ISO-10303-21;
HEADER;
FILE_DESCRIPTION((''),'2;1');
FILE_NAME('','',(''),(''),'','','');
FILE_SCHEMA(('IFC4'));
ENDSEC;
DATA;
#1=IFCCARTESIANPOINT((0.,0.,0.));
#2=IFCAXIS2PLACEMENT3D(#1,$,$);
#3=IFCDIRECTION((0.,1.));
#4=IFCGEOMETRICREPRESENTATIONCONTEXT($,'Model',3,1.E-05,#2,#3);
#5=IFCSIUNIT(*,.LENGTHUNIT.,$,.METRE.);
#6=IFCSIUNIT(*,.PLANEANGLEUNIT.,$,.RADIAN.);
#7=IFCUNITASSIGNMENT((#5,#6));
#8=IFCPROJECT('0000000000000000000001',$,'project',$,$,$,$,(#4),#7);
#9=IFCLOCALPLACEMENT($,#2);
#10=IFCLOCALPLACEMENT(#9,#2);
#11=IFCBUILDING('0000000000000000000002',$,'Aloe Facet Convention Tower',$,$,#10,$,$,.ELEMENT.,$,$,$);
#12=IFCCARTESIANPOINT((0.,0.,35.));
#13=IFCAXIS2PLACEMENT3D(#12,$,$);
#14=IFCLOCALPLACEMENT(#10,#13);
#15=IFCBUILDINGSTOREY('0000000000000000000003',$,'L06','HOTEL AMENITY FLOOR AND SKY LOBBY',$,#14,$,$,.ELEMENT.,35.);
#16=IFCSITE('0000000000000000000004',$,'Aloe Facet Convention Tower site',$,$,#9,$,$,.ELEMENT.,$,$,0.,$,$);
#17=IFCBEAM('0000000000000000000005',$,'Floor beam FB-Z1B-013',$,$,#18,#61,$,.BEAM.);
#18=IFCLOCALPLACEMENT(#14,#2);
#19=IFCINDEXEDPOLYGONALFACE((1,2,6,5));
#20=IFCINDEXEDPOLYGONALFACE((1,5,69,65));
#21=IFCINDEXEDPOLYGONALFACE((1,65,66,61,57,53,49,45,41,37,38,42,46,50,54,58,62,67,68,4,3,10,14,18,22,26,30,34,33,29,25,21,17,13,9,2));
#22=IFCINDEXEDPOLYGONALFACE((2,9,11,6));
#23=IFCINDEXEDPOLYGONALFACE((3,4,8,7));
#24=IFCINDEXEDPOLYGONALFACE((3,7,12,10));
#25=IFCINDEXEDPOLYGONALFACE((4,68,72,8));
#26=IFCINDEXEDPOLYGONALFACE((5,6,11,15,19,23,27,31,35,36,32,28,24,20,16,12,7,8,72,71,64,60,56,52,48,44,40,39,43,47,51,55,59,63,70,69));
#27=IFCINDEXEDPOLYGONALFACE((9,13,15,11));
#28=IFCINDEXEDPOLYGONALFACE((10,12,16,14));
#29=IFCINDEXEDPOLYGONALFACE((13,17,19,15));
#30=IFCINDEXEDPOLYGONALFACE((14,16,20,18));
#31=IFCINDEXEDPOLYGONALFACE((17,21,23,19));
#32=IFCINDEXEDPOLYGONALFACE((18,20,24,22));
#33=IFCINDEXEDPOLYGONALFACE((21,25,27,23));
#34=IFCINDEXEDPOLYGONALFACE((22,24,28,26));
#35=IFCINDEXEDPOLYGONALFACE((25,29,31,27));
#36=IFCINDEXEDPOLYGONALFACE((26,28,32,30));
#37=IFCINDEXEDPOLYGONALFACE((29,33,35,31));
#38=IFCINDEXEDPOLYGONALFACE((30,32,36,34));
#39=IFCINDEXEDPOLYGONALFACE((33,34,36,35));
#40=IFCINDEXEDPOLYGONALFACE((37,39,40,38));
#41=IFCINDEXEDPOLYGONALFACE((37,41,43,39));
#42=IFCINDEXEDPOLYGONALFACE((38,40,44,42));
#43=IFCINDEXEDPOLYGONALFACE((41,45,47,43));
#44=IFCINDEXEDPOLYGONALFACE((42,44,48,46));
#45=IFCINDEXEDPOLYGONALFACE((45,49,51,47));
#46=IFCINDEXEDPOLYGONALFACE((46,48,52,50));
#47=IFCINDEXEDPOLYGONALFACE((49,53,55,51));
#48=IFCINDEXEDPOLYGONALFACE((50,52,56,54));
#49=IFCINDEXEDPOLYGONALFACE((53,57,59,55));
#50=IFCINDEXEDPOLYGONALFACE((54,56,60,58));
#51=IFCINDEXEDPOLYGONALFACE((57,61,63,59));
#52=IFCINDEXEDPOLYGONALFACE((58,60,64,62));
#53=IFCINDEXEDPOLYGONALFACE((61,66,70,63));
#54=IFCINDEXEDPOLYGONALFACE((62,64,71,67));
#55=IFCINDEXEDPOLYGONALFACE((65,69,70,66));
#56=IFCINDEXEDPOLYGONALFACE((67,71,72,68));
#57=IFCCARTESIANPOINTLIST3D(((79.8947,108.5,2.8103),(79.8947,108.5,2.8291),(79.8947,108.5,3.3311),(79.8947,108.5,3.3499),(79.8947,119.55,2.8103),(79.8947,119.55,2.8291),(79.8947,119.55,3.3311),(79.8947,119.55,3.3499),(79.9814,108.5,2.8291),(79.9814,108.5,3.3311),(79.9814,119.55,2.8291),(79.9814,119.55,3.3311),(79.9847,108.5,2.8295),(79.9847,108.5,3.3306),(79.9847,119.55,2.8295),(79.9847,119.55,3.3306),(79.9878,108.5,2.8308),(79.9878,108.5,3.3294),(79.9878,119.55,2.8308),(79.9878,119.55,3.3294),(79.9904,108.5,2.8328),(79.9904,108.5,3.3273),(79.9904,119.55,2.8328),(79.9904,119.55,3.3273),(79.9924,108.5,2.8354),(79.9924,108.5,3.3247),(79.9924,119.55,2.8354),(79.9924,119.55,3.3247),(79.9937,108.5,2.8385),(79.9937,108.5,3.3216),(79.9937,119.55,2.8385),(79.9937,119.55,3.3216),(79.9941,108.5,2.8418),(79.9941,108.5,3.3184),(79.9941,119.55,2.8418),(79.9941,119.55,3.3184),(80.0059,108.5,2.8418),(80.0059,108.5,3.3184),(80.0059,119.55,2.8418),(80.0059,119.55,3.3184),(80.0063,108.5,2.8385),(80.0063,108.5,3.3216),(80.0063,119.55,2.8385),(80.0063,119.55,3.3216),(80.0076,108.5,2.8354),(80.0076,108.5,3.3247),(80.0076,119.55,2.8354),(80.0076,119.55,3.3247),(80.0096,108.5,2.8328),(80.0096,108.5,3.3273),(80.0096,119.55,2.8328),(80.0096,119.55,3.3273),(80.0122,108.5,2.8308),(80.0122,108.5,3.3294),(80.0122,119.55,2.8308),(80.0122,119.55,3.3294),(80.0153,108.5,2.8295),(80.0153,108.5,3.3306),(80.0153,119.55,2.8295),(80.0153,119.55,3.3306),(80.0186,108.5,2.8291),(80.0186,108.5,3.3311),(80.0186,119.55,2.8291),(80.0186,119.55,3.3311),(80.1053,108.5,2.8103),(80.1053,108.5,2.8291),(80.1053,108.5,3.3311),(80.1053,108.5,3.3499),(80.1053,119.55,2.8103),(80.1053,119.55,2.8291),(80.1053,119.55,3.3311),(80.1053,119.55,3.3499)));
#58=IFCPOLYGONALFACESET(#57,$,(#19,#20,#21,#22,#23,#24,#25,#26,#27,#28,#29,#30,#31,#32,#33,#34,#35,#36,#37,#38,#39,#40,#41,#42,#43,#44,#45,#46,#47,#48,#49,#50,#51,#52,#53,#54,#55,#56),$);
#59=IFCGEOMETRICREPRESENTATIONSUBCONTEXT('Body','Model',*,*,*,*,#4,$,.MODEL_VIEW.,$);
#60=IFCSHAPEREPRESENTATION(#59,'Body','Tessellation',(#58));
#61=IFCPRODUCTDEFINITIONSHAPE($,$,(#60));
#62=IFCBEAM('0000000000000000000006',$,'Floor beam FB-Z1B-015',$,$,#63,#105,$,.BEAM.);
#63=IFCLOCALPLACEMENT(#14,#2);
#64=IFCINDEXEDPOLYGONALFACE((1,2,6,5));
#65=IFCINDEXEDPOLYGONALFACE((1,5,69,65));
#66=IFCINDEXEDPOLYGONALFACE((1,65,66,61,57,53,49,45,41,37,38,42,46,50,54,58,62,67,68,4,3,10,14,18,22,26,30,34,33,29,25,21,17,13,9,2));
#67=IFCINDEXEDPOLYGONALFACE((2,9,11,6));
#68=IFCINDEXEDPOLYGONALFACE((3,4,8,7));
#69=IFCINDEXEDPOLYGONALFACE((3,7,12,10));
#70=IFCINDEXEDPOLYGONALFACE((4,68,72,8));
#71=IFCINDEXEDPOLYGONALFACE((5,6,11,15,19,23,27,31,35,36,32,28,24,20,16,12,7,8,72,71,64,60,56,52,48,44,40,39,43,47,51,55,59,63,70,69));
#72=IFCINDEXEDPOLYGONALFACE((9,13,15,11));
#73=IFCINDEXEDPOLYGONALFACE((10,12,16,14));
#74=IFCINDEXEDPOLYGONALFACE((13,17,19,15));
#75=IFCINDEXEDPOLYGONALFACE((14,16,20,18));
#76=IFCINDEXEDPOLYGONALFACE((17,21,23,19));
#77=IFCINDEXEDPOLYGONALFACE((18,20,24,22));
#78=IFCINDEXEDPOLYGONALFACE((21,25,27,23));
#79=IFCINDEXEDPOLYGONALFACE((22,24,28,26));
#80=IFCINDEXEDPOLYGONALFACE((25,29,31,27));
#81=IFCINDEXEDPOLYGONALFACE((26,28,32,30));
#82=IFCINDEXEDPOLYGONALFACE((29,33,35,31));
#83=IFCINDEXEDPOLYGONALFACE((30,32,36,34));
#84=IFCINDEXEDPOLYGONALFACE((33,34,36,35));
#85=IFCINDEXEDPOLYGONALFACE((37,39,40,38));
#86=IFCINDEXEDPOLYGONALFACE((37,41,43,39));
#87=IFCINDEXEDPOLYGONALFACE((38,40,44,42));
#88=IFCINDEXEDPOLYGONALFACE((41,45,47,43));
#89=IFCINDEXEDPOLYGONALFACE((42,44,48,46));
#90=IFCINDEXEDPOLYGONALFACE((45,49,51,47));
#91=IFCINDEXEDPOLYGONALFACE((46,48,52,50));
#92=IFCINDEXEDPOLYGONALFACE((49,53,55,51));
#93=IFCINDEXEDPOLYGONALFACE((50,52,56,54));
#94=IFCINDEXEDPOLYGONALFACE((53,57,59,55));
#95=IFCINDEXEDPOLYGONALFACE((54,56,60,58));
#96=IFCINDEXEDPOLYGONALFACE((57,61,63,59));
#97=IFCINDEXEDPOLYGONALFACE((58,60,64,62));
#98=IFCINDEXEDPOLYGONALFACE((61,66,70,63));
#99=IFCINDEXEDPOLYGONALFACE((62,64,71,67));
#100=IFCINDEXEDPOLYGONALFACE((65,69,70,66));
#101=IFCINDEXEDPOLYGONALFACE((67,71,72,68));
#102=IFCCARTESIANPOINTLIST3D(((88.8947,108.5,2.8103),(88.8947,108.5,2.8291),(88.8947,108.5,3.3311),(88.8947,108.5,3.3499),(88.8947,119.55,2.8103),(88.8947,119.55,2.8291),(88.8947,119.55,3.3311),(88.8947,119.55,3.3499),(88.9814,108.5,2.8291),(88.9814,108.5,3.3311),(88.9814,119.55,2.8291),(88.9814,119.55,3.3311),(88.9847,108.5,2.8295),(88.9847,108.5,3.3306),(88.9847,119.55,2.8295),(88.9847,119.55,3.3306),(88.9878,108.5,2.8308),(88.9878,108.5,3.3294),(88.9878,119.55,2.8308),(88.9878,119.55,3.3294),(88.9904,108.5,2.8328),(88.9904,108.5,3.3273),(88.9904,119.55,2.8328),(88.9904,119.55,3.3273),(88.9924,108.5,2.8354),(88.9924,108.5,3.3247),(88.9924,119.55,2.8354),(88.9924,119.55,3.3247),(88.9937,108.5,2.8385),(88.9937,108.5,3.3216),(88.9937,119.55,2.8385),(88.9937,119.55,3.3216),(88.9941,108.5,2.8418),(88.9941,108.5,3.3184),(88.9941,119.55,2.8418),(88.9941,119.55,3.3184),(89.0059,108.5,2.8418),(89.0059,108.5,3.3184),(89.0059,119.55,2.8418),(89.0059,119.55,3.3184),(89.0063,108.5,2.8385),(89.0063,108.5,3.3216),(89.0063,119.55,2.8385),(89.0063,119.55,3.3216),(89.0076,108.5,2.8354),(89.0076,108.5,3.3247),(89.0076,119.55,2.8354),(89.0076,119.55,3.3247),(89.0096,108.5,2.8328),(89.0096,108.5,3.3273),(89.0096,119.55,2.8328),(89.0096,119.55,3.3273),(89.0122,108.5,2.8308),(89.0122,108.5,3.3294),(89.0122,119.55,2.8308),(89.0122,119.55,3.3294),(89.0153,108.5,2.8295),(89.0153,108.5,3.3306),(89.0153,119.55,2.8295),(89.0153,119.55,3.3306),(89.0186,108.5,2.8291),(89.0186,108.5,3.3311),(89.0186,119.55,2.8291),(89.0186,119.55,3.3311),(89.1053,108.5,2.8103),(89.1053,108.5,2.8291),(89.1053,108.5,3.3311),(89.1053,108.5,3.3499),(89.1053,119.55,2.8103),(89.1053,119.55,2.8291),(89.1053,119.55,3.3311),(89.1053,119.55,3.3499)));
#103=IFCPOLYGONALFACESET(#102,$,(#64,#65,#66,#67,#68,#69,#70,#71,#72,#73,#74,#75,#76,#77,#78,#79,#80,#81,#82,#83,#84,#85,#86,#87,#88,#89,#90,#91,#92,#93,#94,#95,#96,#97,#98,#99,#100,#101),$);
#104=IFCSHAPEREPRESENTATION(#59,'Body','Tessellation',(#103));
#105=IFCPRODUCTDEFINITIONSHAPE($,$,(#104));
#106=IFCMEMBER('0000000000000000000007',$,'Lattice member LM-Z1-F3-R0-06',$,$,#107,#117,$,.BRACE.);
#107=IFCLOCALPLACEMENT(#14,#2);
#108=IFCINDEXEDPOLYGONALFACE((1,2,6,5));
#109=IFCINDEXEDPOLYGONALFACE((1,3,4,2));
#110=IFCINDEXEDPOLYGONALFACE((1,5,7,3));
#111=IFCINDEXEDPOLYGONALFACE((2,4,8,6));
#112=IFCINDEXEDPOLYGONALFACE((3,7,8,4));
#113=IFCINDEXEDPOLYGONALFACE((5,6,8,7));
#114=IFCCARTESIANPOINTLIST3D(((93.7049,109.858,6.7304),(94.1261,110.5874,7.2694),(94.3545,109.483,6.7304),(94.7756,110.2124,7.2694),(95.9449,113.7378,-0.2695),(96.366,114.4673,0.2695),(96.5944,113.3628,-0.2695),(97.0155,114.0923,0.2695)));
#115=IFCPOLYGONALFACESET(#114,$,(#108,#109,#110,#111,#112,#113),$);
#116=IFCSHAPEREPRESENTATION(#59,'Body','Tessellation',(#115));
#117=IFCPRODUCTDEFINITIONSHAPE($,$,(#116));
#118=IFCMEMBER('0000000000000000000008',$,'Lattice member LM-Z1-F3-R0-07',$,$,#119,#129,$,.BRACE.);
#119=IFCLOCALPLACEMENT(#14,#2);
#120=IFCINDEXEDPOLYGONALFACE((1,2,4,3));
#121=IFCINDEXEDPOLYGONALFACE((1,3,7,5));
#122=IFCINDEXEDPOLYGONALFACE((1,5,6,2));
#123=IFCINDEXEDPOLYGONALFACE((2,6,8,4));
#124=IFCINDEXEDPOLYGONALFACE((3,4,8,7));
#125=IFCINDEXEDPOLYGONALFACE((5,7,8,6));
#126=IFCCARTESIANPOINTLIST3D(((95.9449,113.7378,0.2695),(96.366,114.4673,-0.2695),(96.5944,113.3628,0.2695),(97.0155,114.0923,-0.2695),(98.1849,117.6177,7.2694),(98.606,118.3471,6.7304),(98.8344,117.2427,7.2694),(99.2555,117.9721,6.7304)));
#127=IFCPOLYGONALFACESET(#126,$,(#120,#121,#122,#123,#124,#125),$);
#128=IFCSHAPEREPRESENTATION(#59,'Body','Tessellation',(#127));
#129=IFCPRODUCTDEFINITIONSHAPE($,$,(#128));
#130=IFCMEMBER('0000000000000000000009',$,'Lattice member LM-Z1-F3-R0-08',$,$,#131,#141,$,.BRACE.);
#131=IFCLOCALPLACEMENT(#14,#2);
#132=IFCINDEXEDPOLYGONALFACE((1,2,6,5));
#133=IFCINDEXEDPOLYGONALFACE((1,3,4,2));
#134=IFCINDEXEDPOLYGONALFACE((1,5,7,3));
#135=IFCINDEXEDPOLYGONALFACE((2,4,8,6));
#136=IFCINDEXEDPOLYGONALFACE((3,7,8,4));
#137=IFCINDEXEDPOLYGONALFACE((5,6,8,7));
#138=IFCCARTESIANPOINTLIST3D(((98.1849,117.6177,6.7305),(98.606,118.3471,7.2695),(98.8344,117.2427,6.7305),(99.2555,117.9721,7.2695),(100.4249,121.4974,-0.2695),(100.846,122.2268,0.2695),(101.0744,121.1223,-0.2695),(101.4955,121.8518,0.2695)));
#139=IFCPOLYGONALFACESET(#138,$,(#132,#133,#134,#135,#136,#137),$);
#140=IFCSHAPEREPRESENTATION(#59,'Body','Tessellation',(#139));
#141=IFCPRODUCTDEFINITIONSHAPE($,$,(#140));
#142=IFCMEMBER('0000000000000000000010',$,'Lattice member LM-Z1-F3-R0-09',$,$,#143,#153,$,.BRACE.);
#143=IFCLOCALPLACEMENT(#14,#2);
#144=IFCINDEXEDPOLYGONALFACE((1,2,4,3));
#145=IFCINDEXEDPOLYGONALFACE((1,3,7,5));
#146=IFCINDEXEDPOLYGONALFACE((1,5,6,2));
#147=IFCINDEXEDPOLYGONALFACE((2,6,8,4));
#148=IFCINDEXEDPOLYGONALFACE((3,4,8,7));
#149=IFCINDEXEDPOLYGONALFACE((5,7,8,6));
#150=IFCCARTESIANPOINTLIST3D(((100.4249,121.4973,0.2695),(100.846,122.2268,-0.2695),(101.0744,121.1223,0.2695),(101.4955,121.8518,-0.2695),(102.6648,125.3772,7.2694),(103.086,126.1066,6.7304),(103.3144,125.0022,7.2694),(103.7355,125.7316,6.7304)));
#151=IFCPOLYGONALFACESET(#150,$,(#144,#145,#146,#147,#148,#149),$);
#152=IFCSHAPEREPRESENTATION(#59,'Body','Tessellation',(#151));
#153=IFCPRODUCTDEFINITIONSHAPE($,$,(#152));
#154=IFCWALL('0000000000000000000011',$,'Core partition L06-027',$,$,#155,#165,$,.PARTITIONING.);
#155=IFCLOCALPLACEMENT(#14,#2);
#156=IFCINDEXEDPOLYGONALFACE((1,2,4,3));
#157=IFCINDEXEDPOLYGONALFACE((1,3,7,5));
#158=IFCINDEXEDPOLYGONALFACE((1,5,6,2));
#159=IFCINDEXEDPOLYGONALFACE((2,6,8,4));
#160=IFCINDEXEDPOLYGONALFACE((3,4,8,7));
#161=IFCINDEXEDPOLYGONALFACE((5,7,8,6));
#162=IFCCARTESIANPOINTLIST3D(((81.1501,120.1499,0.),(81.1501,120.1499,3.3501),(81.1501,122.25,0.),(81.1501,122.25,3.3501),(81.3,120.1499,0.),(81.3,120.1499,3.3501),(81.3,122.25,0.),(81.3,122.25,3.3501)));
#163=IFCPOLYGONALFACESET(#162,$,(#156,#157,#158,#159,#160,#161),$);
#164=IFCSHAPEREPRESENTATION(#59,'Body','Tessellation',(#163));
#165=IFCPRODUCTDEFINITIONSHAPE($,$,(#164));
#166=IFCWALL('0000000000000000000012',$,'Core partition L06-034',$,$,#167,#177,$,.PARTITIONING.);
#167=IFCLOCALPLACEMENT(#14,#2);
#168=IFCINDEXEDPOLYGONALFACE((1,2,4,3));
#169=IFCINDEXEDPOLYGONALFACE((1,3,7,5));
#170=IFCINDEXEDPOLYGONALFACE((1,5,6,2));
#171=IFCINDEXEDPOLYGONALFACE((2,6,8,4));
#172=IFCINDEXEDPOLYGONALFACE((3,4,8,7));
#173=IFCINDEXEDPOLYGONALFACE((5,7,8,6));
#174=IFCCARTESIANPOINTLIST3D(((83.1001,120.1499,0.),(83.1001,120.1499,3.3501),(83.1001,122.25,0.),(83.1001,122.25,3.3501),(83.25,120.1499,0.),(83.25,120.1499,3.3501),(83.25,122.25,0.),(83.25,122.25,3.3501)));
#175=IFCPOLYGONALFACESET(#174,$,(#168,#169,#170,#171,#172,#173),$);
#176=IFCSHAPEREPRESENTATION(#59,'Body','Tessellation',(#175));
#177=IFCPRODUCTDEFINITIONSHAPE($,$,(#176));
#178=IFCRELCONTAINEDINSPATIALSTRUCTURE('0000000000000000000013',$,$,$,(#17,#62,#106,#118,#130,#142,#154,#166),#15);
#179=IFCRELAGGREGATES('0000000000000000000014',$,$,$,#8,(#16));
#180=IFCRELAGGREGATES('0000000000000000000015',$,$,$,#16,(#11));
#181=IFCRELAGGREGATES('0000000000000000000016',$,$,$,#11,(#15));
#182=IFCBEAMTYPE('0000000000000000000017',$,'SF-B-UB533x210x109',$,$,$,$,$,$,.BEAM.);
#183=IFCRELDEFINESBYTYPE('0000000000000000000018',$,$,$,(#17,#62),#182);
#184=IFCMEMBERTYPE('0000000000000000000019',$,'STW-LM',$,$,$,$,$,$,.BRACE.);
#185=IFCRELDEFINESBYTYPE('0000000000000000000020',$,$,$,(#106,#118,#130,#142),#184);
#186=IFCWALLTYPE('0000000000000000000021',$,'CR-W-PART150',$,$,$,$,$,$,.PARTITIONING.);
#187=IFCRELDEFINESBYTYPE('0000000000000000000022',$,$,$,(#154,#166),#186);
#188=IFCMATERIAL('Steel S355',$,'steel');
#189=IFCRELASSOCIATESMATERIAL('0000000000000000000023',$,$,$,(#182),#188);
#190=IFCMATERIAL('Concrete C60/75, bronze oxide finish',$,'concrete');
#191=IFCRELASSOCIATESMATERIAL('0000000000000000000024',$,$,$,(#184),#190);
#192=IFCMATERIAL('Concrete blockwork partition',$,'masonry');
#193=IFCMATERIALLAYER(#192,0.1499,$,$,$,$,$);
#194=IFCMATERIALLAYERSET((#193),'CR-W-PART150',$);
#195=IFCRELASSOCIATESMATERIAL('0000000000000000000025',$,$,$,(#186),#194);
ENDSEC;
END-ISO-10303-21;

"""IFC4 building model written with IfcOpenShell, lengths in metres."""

from ifc_helpers import new_model, si_unit, direction, frame, frame_2d, origin, origin_2d, place, context, subcontext, project, spatial, rectangle, i_section, extrude, material, layer, layer_set, material_profile, profile_set, type_object, element, save


model = new_model("IFC4")

# Units and contexts
model_context = context("Model", 3, precision=1e-05, world=origin(), true_north=direction((0.0, 1.0)))
body_context = subcontext(model_context, "Body", "Model", "MODEL_VIEW")
ifc_project = project(units=[si_unit("LENGTHUNIT", "METRE"), si_unit("PLANEANGLEUNIT", "RADIAN")], contexts=[model_context])

# Site, building, storey
site_placement = place(None, origin())
site = spatial("IfcSite", under=ifc_project, at=site_placement, Name="Aloe Facet Convention Tower site", CompositionType="ELEMENT", RefElevation=0.0)
building_placement = place(site_placement, origin())
building = spatial("IfcBuilding", under=site, at=building_placement, Name="Aloe Facet Convention Tower", CompositionType="ELEMENT")
storey_placement = place(building_placement, frame((0.0, 0.0, 35.0)))
storey = spatial("IfcBuildingStorey", under=building, at=storey_placement, Name="L06", Description="HOTEL AMENITY FLOOR AND SKY LOBBY", CompositionType="ELEMENT", Elevation=35.0)

# Beams
ifc_material_1 = material(Name="Steel S355", Category="steel")
ifc_material_profile_1 = material_profile(ifc_material_1, i_section(OverallWidth=0.2107, OverallDepth=0.5396, WebThickness=0.0117, FlangeThickness=0.0188, FilletRadius=0.0127, at=origin_2d()), Name="UB 533x210x109")
ifc_profile_set_1 = profile_set([ifc_material_profile_1], Name="Steel S355")
beam_type_1 = type_object("IfcBeamType", Name="SF-B-UB533x210x109", PredefinedType="BEAM", material=ifc_profile_set_1)
for number, where, z_axis, x_axis, name in (
    (1, (80.0, 119.55, 3.0801), (0.0, -1.0, 0.0), (1.0, 0.0, 0.0), "Floor beam FB-Z1B-013"),
    (2, (89.0, 119.55, 3.0801), (0.0, -1.0, 0.0), (1.0, 0.0, 0.0), "Floor beam FB-Z1B-015"),
):
    element("IfcBeam", number, at=place(storey_placement, frame(where, z_axis=z_axis, x_axis=x_axis)), inside=storey, type_object=beam_type_1, Name=name, PredefinedType="BEAM", context=body_context, shape_type="SweptSolid", body=[
        extrude(i_section(OverallWidth=0.2107, OverallDepth=0.5396, WebThickness=0.0117, FlangeThickness=0.0188, FilletRadius=0.0127, at=origin_2d()), origin(), (0.0, 0.0, 1.0), 11.05),
    ])

# Members
ifc_material_2 = material(Name="Concrete C60/75, bronze oxide finish", Category="concrete")
ifc_material_profile_2 = material_profile(ifc_material_2, rectangle(XDim=0.75, YDim=1.0, at=origin_2d()), Name="STW-LM")
ifc_profile_set_2 = profile_set([ifc_material_profile_2], Name="Concrete C60/75, bronze oxide finish")
member_type = type_object("IfcMemberType", Name="STW-LM", PredefinedType="BRACE", material=ifc_profile_set_2)
for number, where, z_axis, x_axis, name in (
    (3, (96.4802, 113.915, 0.0), (-0.269524, -0.466843, 0.842267), (0.866031, -0.49999, 0.0), "Lattice member LM-Z1-F3-R0-06"),
    (4, (96.4802, 113.915, 0.0), (0.269524, 0.466843, 0.842267), (-0.866031, 0.49999, 0.0), "Lattice member LM-Z1-F3-R0-07"),
    (5, (100.9602, 121.6746, 0.0), (-0.269528, -0.46682, 0.842279), (0.866018, -0.500013, 0.0), "Lattice member LM-Z1-F3-R0-08"),
    (6, (100.9602, 121.6746, 0.0), (0.269524, 0.466843, 0.842267), (-0.866031, 0.49999, 0.0), "Lattice member LM-Z1-F3-R0-09"),
):
    element("IfcMember", number, at=place(storey_placement, frame(where, z_axis=z_axis, x_axis=x_axis)), inside=storey, type_object=member_type, Name=name, PredefinedType="BRACE", context=body_context, shape_type="SweptSolid", body=[
        extrude(rectangle(XDim=0.75, YDim=1.0, at=origin_2d()), origin(), (0.0, 0.0, 1.0), 8.3108),
    ])

# Walls
ifc_material_3 = material(Name="Concrete blockwork partition", Category="masonry")
ifc_layer_1 = layer(ifc_material_3, 0.1499)
ifc_layer_set_1 = layer_set([ifc_layer_1], Name="CR-W-PART150")
wall_type_1 = type_object("IfcWallType", Name="CR-W-PART150", PredefinedType="PARTITIONING", material=ifc_layer_set_1)
for number, where, z_axis, x_axis, name in (
    (7, (81.2251, 122.25, 0.0), (0.0, 0.0, 1.0), (0.0, -1.0, 0.0), "Core partition L06-027"),
    (8, (83.175, 122.25, 0.0), (0.0, 0.0, 1.0), (0.0, -1.0, 0.0), "Core partition L06-034"),
):
    element("IfcWall", number, at=place(storey_placement, frame(where, z_axis=z_axis, x_axis=x_axis)), inside=storey, type_object=wall_type_1, Name=name, PredefinedType="PARTITIONING", context=body_context, shape_type="SweptSolid", body=[
        extrude(rectangle(XDim=2.1001, YDim=0.1499, at=frame_2d((1.05, 0.0))), origin(), (0.0, 0.0, 1.0), 3.3501),
    ])

save(model, "model.ifc")
